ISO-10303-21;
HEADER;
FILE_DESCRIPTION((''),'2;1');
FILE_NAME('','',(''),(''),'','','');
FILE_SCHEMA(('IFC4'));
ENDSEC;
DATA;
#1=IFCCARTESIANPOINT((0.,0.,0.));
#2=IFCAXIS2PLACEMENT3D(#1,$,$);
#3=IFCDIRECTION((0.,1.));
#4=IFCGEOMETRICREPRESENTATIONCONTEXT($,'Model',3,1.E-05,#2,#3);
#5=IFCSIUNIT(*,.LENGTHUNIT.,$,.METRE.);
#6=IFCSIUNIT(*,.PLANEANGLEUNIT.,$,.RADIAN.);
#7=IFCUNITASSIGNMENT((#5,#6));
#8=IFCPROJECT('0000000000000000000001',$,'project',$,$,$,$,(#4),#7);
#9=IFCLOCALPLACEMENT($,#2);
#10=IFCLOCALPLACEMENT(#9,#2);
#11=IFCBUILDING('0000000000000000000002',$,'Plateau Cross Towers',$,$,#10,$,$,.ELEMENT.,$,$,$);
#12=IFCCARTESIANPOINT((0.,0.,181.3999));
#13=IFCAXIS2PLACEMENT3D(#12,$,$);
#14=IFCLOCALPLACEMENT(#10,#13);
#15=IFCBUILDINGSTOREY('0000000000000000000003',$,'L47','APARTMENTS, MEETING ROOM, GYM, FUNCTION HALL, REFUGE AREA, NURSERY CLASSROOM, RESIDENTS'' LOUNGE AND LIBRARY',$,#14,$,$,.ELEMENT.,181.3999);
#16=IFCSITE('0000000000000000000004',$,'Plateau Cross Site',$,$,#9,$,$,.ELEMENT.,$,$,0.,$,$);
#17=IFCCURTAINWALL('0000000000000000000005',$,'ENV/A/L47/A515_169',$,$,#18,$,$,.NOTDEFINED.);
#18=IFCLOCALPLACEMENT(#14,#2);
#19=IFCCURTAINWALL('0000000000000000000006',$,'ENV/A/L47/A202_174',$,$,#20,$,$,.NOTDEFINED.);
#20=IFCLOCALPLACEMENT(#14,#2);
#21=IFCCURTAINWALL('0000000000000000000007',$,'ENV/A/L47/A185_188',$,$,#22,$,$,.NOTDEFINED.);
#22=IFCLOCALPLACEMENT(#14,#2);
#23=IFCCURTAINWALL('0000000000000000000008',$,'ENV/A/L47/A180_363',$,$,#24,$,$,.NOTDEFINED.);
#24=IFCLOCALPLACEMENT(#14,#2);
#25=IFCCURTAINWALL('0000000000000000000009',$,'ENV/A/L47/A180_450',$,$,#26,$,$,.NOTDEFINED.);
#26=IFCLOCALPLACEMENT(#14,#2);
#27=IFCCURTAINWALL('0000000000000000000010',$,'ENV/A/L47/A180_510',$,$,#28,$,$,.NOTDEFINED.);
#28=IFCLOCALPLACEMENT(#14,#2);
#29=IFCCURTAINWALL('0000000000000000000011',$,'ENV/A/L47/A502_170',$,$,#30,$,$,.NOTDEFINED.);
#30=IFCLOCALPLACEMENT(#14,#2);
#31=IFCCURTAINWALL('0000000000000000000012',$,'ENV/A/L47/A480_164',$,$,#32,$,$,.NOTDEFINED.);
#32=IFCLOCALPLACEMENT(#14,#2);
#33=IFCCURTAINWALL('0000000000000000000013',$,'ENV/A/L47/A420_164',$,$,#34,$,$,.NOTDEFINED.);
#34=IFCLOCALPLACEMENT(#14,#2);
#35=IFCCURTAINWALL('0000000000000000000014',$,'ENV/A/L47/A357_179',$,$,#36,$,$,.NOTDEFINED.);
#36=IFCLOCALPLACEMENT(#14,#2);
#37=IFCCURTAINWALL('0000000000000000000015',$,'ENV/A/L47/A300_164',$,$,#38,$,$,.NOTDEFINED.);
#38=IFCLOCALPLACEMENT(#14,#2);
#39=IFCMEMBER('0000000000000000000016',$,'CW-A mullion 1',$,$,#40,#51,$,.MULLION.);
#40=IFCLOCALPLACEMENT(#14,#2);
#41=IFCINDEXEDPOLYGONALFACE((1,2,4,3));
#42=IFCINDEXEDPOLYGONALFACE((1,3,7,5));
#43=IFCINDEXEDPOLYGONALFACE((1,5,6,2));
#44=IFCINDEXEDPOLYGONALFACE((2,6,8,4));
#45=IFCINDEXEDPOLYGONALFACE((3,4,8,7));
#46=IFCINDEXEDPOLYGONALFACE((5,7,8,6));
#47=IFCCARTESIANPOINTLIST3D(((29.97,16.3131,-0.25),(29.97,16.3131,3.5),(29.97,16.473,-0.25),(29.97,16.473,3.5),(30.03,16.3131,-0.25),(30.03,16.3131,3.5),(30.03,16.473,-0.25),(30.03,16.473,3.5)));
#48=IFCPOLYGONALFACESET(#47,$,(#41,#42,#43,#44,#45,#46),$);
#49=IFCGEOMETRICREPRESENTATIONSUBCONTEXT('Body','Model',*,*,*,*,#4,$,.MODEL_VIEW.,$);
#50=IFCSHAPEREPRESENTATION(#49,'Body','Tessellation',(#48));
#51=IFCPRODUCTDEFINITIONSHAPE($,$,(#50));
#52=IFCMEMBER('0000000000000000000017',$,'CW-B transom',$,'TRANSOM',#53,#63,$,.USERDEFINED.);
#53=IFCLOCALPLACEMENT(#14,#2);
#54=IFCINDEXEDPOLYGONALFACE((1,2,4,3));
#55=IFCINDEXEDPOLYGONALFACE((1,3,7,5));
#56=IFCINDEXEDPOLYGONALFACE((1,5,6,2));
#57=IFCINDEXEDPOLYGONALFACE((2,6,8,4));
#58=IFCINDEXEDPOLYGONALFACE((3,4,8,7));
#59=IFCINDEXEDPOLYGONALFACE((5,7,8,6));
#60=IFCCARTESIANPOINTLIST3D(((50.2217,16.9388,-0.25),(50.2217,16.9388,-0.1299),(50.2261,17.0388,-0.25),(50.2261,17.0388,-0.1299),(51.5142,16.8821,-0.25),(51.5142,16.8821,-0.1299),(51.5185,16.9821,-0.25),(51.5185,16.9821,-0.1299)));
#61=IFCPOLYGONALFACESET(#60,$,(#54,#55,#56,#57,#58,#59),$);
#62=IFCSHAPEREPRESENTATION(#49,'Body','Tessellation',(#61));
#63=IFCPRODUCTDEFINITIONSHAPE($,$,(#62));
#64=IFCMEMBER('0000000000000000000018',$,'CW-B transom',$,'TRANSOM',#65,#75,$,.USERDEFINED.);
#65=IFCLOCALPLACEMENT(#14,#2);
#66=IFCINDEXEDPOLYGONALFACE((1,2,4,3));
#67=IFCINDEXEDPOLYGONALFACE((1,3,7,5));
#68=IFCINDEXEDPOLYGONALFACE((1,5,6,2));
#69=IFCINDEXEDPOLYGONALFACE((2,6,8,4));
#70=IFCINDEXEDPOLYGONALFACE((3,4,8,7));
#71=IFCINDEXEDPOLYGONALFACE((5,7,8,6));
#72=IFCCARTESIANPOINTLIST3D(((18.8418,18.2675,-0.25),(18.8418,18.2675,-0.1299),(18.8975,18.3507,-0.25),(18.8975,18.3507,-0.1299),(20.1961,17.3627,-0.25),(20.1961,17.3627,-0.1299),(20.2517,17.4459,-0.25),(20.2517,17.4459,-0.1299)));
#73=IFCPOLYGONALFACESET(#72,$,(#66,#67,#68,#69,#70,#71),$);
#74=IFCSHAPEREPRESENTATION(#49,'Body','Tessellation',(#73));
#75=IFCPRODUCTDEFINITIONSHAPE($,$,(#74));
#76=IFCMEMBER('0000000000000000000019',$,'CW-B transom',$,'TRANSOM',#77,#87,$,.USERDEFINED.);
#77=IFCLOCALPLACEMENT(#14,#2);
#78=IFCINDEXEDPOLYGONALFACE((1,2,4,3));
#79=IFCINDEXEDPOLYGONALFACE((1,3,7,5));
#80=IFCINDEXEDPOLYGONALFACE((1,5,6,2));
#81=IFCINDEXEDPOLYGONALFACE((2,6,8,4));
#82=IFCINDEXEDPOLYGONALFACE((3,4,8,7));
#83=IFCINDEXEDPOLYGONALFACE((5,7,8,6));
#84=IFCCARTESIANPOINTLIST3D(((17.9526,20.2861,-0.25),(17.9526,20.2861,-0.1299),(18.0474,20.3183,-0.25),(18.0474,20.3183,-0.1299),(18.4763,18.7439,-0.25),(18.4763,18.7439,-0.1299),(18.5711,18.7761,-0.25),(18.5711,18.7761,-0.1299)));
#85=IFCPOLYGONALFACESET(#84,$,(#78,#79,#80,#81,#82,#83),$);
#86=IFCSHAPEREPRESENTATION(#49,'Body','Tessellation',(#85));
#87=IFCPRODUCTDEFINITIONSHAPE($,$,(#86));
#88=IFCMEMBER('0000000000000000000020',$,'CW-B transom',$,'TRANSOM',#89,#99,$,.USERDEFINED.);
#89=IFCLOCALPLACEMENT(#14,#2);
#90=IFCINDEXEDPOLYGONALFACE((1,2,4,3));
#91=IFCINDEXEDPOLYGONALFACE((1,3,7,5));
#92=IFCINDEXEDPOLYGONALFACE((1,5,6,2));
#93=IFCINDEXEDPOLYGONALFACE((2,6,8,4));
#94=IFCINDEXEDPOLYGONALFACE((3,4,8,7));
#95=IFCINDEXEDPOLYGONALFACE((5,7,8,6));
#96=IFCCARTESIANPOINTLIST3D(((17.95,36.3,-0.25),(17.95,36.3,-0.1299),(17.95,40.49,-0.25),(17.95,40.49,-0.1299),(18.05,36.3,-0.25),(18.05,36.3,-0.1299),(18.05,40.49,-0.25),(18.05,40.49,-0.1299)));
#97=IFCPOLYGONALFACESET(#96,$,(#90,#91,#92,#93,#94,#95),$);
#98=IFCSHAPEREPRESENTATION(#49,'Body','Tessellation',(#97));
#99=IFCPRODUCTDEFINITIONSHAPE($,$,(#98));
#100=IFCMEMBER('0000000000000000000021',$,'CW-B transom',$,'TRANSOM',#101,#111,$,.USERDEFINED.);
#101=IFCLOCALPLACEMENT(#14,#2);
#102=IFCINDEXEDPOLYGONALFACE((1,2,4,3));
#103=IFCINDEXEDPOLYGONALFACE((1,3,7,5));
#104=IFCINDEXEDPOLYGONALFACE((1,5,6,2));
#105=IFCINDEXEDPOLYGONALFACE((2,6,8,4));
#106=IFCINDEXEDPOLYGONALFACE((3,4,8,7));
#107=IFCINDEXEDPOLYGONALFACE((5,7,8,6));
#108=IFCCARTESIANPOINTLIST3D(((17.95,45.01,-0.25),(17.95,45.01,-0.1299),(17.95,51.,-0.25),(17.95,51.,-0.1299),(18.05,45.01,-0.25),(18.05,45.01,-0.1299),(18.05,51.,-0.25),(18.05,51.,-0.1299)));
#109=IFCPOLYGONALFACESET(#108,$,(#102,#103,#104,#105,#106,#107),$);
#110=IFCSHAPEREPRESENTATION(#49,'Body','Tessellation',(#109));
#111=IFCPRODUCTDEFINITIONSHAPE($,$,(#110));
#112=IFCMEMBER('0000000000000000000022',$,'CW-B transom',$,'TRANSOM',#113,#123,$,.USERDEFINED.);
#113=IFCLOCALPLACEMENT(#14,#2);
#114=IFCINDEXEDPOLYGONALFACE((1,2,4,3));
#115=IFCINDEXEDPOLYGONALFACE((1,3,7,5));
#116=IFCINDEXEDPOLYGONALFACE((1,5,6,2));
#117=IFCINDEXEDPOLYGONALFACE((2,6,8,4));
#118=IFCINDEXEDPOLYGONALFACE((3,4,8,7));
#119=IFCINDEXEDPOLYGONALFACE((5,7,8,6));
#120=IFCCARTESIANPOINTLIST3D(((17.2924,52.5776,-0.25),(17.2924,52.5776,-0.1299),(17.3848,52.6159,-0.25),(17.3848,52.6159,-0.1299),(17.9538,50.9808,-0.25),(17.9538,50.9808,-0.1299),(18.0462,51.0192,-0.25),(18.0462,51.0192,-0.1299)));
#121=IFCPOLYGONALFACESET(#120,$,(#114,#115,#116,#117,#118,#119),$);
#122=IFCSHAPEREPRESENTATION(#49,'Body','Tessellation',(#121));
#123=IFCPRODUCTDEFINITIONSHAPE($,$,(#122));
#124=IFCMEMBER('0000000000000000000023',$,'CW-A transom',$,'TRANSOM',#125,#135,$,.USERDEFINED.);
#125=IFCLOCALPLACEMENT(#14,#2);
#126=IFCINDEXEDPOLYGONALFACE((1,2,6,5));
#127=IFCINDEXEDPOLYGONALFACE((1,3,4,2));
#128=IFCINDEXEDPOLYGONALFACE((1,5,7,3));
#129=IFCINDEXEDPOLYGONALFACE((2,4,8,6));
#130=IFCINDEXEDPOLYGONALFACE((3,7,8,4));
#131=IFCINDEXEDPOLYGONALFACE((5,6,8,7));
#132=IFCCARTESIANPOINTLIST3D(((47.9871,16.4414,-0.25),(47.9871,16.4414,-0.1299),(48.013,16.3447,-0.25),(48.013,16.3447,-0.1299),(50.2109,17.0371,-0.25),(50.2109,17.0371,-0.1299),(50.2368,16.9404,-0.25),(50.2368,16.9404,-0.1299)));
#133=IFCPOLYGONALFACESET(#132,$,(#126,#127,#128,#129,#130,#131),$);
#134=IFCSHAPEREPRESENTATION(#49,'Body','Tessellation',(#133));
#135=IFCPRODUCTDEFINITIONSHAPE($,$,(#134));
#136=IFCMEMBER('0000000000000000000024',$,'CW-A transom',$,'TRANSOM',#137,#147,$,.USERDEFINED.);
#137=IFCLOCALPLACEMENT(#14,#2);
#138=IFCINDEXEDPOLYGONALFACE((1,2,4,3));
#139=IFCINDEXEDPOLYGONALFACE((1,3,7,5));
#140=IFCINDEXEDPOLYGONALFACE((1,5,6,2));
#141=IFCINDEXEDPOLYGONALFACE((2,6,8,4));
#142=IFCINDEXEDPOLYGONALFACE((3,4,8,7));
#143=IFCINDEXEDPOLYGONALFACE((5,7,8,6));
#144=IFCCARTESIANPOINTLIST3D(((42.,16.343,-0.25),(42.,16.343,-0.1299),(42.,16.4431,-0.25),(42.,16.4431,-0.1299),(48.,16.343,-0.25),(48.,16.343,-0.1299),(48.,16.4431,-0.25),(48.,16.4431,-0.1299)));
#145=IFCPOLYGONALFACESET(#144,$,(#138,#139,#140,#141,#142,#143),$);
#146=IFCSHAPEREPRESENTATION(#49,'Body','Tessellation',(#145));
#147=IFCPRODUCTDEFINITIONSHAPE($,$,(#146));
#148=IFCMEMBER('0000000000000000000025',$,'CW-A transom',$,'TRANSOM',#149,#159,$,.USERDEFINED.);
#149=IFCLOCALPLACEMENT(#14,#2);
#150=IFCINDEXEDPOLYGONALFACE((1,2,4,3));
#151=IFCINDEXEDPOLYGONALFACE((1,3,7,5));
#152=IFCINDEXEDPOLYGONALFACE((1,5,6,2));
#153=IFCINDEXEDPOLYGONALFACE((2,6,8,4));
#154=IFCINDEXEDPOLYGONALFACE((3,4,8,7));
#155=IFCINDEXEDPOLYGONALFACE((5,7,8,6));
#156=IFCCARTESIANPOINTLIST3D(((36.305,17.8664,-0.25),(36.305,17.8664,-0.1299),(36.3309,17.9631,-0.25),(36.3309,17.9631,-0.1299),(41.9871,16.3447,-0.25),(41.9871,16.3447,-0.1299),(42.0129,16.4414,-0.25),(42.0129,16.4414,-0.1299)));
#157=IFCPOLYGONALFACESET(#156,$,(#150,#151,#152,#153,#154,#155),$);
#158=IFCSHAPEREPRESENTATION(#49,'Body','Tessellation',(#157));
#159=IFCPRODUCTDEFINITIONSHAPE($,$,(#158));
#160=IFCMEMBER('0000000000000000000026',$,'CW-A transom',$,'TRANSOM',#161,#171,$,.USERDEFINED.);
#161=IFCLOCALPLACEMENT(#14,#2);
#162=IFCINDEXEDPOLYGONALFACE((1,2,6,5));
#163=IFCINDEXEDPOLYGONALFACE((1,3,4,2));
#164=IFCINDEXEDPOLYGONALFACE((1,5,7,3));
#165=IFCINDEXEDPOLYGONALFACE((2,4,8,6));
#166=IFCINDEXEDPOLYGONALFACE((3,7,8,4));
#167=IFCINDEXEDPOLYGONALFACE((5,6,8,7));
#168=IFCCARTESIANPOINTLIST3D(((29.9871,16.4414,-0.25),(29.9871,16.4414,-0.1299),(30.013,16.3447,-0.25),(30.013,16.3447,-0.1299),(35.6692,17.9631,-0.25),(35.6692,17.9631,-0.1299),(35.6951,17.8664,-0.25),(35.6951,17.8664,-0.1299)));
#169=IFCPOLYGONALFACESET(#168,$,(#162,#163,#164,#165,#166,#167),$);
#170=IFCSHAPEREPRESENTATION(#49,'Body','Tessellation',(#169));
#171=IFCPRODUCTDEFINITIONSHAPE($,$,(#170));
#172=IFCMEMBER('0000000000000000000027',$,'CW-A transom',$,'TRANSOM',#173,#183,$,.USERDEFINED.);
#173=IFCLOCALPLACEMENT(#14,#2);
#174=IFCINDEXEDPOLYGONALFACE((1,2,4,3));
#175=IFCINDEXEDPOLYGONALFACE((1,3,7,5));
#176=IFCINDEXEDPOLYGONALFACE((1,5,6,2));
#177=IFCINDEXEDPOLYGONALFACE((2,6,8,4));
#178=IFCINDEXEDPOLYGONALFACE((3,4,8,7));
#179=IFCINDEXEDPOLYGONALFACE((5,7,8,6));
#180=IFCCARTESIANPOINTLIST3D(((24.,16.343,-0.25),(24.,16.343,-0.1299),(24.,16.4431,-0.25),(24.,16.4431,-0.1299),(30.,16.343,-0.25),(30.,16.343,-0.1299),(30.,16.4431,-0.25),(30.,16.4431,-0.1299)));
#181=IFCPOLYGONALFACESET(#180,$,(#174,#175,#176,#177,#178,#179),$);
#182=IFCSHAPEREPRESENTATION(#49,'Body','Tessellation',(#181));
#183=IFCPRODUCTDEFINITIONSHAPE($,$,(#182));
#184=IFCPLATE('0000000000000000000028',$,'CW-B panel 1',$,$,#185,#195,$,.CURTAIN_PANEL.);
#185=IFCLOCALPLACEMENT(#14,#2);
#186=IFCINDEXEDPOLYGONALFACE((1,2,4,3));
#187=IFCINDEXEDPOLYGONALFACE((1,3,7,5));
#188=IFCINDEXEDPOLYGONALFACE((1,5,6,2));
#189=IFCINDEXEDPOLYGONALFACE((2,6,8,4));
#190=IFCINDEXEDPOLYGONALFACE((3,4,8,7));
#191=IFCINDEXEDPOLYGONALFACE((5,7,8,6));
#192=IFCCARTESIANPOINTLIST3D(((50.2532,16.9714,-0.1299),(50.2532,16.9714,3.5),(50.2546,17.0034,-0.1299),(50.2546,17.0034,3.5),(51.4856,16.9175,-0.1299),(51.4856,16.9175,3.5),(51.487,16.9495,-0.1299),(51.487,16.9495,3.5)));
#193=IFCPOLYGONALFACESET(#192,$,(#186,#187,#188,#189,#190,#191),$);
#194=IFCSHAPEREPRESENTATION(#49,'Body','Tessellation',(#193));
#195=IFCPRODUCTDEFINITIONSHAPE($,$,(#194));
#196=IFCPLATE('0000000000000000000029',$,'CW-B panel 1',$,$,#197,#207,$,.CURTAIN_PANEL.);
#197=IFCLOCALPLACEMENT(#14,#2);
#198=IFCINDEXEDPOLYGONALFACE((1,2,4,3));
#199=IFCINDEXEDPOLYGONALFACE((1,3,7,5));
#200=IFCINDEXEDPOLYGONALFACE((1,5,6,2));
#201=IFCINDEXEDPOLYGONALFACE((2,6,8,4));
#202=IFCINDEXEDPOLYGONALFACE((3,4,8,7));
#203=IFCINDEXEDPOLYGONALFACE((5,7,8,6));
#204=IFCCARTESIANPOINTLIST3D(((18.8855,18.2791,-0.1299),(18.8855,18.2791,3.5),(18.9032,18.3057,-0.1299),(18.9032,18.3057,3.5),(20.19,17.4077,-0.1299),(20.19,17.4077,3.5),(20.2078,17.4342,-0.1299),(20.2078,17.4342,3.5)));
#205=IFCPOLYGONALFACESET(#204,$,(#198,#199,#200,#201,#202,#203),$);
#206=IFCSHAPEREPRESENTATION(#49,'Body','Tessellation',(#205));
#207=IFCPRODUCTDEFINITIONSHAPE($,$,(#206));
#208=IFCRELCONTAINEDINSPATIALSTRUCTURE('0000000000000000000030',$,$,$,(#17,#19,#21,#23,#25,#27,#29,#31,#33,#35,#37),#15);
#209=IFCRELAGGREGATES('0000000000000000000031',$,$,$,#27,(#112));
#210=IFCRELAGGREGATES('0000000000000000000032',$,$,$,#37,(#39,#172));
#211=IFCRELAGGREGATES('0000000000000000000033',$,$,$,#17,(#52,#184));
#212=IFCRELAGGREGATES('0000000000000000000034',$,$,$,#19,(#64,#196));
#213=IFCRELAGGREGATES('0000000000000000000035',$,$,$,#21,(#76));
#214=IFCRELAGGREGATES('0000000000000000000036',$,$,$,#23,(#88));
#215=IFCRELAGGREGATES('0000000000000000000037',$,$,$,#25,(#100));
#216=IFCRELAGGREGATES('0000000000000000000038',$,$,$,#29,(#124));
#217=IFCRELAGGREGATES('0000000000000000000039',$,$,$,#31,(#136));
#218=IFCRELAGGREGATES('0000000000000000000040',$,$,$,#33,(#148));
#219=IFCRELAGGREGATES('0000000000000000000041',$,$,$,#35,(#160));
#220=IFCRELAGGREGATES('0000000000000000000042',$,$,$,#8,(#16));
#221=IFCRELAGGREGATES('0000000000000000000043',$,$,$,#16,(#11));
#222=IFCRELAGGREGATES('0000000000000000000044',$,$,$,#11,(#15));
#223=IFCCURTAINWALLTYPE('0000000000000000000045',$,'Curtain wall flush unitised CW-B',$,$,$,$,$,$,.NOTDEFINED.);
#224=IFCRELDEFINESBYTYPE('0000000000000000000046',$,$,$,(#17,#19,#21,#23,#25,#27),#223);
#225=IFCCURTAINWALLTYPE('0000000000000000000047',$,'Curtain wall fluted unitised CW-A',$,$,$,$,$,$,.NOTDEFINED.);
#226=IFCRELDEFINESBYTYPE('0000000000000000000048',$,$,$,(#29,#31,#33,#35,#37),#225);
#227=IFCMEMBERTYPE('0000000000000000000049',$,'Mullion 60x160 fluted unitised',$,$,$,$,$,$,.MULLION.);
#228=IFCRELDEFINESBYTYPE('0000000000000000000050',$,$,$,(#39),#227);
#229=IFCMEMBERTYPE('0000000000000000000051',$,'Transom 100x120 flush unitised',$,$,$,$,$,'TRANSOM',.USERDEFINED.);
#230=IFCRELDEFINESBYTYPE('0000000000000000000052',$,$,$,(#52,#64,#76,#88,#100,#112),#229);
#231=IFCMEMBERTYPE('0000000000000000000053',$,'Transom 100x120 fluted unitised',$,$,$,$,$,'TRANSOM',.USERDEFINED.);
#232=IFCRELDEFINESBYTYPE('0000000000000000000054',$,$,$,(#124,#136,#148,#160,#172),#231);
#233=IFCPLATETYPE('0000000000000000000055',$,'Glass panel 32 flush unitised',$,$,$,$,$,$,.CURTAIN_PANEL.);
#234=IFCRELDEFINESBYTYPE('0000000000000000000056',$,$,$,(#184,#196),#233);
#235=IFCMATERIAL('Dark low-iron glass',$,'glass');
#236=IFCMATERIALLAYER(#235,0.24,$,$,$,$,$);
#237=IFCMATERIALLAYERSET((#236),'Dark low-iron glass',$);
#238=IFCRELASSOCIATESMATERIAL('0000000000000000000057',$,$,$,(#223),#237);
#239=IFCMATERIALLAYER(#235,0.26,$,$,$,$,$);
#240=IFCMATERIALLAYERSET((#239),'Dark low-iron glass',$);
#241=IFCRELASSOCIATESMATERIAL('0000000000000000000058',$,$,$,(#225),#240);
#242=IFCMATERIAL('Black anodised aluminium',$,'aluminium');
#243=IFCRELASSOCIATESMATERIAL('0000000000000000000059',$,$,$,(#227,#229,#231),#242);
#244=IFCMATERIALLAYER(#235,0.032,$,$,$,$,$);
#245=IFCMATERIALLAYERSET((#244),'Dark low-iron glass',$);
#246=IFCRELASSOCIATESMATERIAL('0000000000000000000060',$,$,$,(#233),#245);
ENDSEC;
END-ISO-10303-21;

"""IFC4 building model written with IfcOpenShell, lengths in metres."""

from ifc_helpers import new_model, si_unit, direction, frame, origin, origin_2d, place, context, subcontext, project, spatial, rectangle, extrude, material, layer, layer_set, material_profile, profile_set, type_object, element, aggregate, save


model = new_model("IFC4")

# Units and contexts
model_context = context("Model", 3, precision=1e-05, world=origin(), true_north=direction((0.0, 1.0)))
body_context = subcontext(model_context, "Body", "Model", "MODEL_VIEW")
ifc_project = project(units=[si_unit("LENGTHUNIT", "METRE"), si_unit("PLANEANGLEUNIT", "RADIAN")], contexts=[model_context])

# Site, building, storey
site_placement = place(None, origin())
site = spatial("IfcSite", under=ifc_project, at=site_placement, Name="Plateau Cross Site", CompositionType="ELEMENT", RefElevation=0.0)
building_placement = place(site_placement, origin())
building = spatial("IfcBuilding", under=site, at=building_placement, Name="Plateau Cross Towers", CompositionType="ELEMENT")
storey_placement = place(building_placement, frame((0.0, 0.0, 181.3999)))
storey = spatial("IfcBuildingStorey", under=building, at=storey_placement, Name="L47", Description="APARTMENTS, MEETING ROOM, GYM, FUNCTION HALL, REFUGE AREA, NURSERY CLASSROOM, RESIDENTS' LOUNGE AND LIBRARY", CompositionType="ELEMENT", Elevation=181.3999)

# Curtain wall
ifc_material_1 = material(Name="Dark low-iron glass", Category="glass")
ifc_layer_1 = layer(ifc_material_1, 0.24)
ifc_layer_set_1 = layer_set([ifc_layer_1], Name="Dark low-iron glass")
curtain_wall_type_1 = type_object("IfcCurtainWallType", Name="Curtain wall flush unitised CW-B", PredefinedType="NOTDEFINED", material=ifc_layer_set_1)
ifc_material_2 = material(Name="Black anodised aluminium", Category="aluminium")
curtain_wall_1_placement = place(storey_placement, origin())
curtain_wall_1 = element("IfcCurtainWall", 1, at=curtain_wall_1_placement, inside=storey, type_object=curtain_wall_type_1, Name="ENV/A/L47/A515_169", PredefinedType="NOTDEFINED")

# Curtain wall
curtain_wall_2_placement = place(storey_placement, origin())
curtain_wall_2 = element("IfcCurtainWall", 2, at=curtain_wall_2_placement, inside=storey, type_object=curtain_wall_type_1, Name="ENV/A/L47/A202_174", PredefinedType="NOTDEFINED")

# Curtain walls
curtain_wall_3_placement = place(storey_placement, origin())
curtain_wall_3 = element("IfcCurtainWall", 3, at=curtain_wall_3_placement, inside=storey, type_object=curtain_wall_type_1, Name="ENV/A/L47/A185_188", PredefinedType="NOTDEFINED")
curtain_wall_4_placement = place(storey_placement, origin())
curtain_wall_4 = element("IfcCurtainWall", 4, at=curtain_wall_4_placement, inside=storey, type_object=curtain_wall_type_1, Name="ENV/A/L47/A180_363", PredefinedType="NOTDEFINED")
curtain_wall_5_placement = place(storey_placement, origin())
curtain_wall_5 = element("IfcCurtainWall", 5, at=curtain_wall_5_placement, inside=storey, type_object=curtain_wall_type_1, Name="ENV/A/L47/A180_450", PredefinedType="NOTDEFINED")
curtain_wall_6_placement = place(storey_placement, origin())
curtain_wall_6 = element("IfcCurtainWall", 6, at=curtain_wall_6_placement, inside=storey, type_object=curtain_wall_type_1, Name="ENV/A/L47/A180_510", PredefinedType="NOTDEFINED")
ifc_layer_2 = layer(ifc_material_1, 0.26)
ifc_layer_set_2 = layer_set([ifc_layer_2], Name="Dark low-iron glass")
curtain_wall_type_2 = type_object("IfcCurtainWallType", Name="Curtain wall fluted unitised CW-A", PredefinedType="NOTDEFINED", material=ifc_layer_set_2)
curtain_wall_7_placement = place(storey_placement, origin())
curtain_wall_7 = element("IfcCurtainWall", 7, at=curtain_wall_7_placement, inside=storey, type_object=curtain_wall_type_2, Name="ENV/A/L47/A502_170", PredefinedType="NOTDEFINED")
ifc_material_profile_1 = material_profile(ifc_material_2, rectangle(XDim=0.0601, YDim=0.1599, at=origin_2d()), Name="MULLION 60x160")
ifc_profile_set_1 = profile_set([ifc_material_profile_1], Name="Black anodised aluminium")
member_type_1 = type_object("IfcMemberType", Name="Mullion 60x160 fluted unitised", PredefinedType="MULLION", material=ifc_profile_set_1)
curtain_wall_8_placement = place(storey_placement, origin())
curtain_wall_8 = element("IfcCurtainWall", 8, at=curtain_wall_8_placement, inside=storey, type_object=curtain_wall_type_2, Name="ENV/A/L47/A480_164", PredefinedType="NOTDEFINED")

# Curtain wall
curtain_wall_9_placement = place(storey_placement, origin())
curtain_wall_9 = element("IfcCurtainWall", 9, at=curtain_wall_9_placement, inside=storey, type_object=curtain_wall_type_2, Name="ENV/A/L47/A420_164", PredefinedType="NOTDEFINED")

# Curtain walls, member
curtain_wall_10_placement = place(storey_placement, origin())
curtain_wall_10 = element("IfcCurtainWall", 10, at=curtain_wall_10_placement, inside=storey, type_object=curtain_wall_type_2, Name="ENV/A/L47/A357_179", PredefinedType="NOTDEFINED")
curtain_wall_11_placement = place(storey_placement, origin())
curtain_wall_11 = element("IfcCurtainWall", 11, at=curtain_wall_11_placement, inside=storey, type_object=curtain_wall_type_2, Name="ENV/A/L47/A300_164", PredefinedType="NOTDEFINED")
member_1_placement = place(storey_placement, frame((30.0, 16.3931, -0.25), z_axis=(0.0, 0.0, 1.0), x_axis=(-1.0, 0.0, 0.0)))
member_1 = element("IfcMember", 12, at=member_1_placement, type_object=member_type_1, Name="CW-A mullion 1", PredefinedType="MULLION", context=body_context, shape_type="SweptSolid", body=[
    extrude(rectangle(XDim=0.0601, YDim=0.1599, at=origin_2d()), origin(), (0.0, 0.0, 1.0), 3.75),
])

# Members
ifc_material_profile_2 = material_profile(ifc_material_2, rectangle(XDim=0.1001, YDim=0.1201, at=origin_2d()), Name="TRANSOM 100x120")
ifc_profile_set_2 = profile_set([ifc_material_profile_2], Name="Black anodised aluminium")
member_type_2 = type_object("IfcMemberType", Name="Transom 100x120 flush unitised", ElementType="TRANSOM", PredefinedType="USERDEFINED", material=ifc_profile_set_2)
member_2_placement = place(storey_placement, frame((51.5164, 16.9321, -0.1899), z_axis=(-0.999041, 0.043781, 0.0), x_axis=(-0.043781, -0.999041, 0.0)))
member_2 = element("IfcMember", 13, at=member_2_placement, type_object=member_type_2, Name="CW-B transom", ObjectType="TRANSOM", PredefinedType="USERDEFINED", context=body_context, shape_type="SweptSolid", body=[
    extrude(rectangle(XDim=0.1001, YDim=0.1201, at=origin_2d()), origin(), (0.0, 0.0, 1.0), 1.2937),
])
member_3_placement = place(storey_placement, frame((20.2239, 17.4043, -0.1899), z_axis=(-0.831496, 0.55553, 0.0), x_axis=(-0.55553, -0.831496, 0.0)))
member_3 = element("IfcMember", 14, at=member_3_placement, type_object=member_type_2, Name="CW-B transom", ObjectType="TRANSOM", PredefinedType="USERDEFINED", context=body_context, shape_type="SweptSolid", body=[
    extrude(rectangle(XDim=0.1001, YDim=0.1201, at=origin_2d()), origin(), (0.0, 0.0, 1.0), 1.6287),
])
member_4_placement = place(storey_placement, frame((18.5237, 18.76, -0.1899), z_axis=(-0.321529, 0.9469, 0.0), x_axis=(-0.9469, -0.321529, 0.0)))
member_4 = element("IfcMember", 15, at=member_4_placement, type_object=member_type_2, Name="CW-B transom", ObjectType="TRANSOM", PredefinedType="USERDEFINED", context=body_context, shape_type="SweptSolid", body=[
    extrude(rectangle(XDim=0.1001, YDim=0.1201, at=origin_2d()), origin(), (0.0, 0.0, 1.0), 1.6287),
])
member_5_placement = place(storey_placement, frame((18.0, 36.3, -0.1899), z_axis=(0.0, 1.0, 0.0), x_axis=(-1.0, 0.0, 0.0)))
member_5 = element("IfcMember", 16, at=member_5_placement, type_object=member_type_2, Name="CW-B transom", ObjectType="TRANSOM", PredefinedType="USERDEFINED", context=body_context, shape_type="SweptSolid", body=[
    extrude(rectangle(XDim=0.1001, YDim=0.1201, at=origin_2d()), origin(), (0.0, 0.0, 1.0), 4.1899),
])
member_6_placement = place(storey_placement, frame((18.0, 45.01, -0.1899), z_axis=(0.0, 1.0, 0.0), x_axis=(-1.0, 0.0, 0.0)))
member_6 = element("IfcMember", 17, at=member_6_placement, type_object=member_type_2, Name="CW-B transom", ObjectType="TRANSOM", PredefinedType="USERDEFINED", context=body_context, shape_type="SweptSolid", body=[
    extrude(rectangle(XDim=0.1001, YDim=0.1201, at=origin_2d()), origin(), (0.0, 0.0, 1.0), 5.99),
])
member_7_placement = place(storey_placement, frame((18.0, 51.0, -0.1899), z_axis=(-0.382689, 0.923877, 0.0), x_axis=(-0.923877, -0.382689, 0.0)))
member_7 = element("IfcMember", 18, at=member_7_placement, type_object=member_type_2, Name="CW-B transom", ObjectType="TRANSOM", PredefinedType="USERDEFINED", context=body_context, shape_type="SweptSolid", body=[
    extrude(rectangle(XDim=0.1001, YDim=0.1201, at=origin_2d()), origin(), (0.0, 0.0, 1.0), 1.7283),
])
aggregate(curtain_wall_6, [member_7])
ifc_material_profile_3 = material_profile(ifc_material_2, rectangle(XDim=0.1001, YDim=0.1201, at=origin_2d()), Name="TRANSOM 100x120")
ifc_profile_set_3 = profile_set([ifc_material_profile_3], Name="Black anodised aluminium")
member_type_3 = type_object("IfcMemberType", Name="Transom 100x120 fluted unitised", ElementType="TRANSOM", PredefinedType="USERDEFINED", material=ifc_profile_set_3)
member_8_placement = place(storey_placement, frame((50.2239, 16.9888, -0.1899), z_axis=(-0.965946, -0.258745, 0.0), x_axis=(0.258745, -0.965946, 0.0)))
member_8 = element("IfcMember", 19, at=member_8_placement, type_object=member_type_3, Name="CW-A transom", ObjectType="TRANSOM", PredefinedType="USERDEFINED", context=body_context, shape_type="SweptSolid", body=[
    extrude(rectangle(XDim=0.1001, YDim=0.1201, at=origin_2d()), origin(), (0.0, 0.0, 1.0), 2.3022),
])
member_9_placement = place(storey_placement, frame((48.0, 16.3931, -0.1899), z_axis=(-1.0, 0.0, 0.0), x_axis=(0.0, -1.0, 0.0)))
member_9 = element("IfcMember", 20, at=member_9_placement, type_object=member_type_3, Name="CW-A transom", ObjectType="TRANSOM", PredefinedType="USERDEFINED", context=body_context, shape_type="SweptSolid", body=[
    extrude(rectangle(XDim=0.1001, YDim=0.1201, at=origin_2d()), origin(), (0.0, 0.0, 1.0), 6.0),
])
member_10_placement = place(storey_placement, frame((42.0, 16.3931, -0.1899), z_axis=(-0.96596, 0.258693, 0.0), x_axis=(-0.258693, -0.96596, 0.0)))
member_10 = element("IfcMember", 21, at=member_10_placement, type_object=member_type_3, Name="CW-A transom", ObjectType="TRANSOM", PredefinedType="USERDEFINED", context=body_context, shape_type="SweptSolid", body=[
    extrude(rectangle(XDim=0.1001, YDim=0.1201, at=origin_2d()), origin(), (0.0, 0.0, 1.0), 5.8823),
])
member_11_placement = place(storey_placement, frame((35.6821, 17.9148, -0.1899), z_axis=(-0.96596, -0.258693, 0.0), x_axis=(0.258693, -0.96596, 0.0)))
member_11 = element("IfcMember", 22, at=member_11_placement, type_object=member_type_3, Name="CW-A transom", ObjectType="TRANSOM", PredefinedType="USERDEFINED", context=body_context, shape_type="SweptSolid", body=[
    extrude(rectangle(XDim=0.1001, YDim=0.1201, at=origin_2d()), origin(), (0.0, 0.0, 1.0), 5.8823),
])
member_12_placement = place(storey_placement, frame((30.0, 16.3931, -0.1899), z_axis=(-1.0, 0.0, 0.0), x_axis=(0.0, -1.0, 0.0)))
member_12 = element("IfcMember", 23, at=member_12_placement, type_object=member_type_3, Name="CW-A transom", ObjectType="TRANSOM", PredefinedType="USERDEFINED", context=body_context, shape_type="SweptSolid", body=[
    extrude(rectangle(XDim=0.1001, YDim=0.1201, at=origin_2d()), origin(), (0.0, 0.0, 1.0), 6.0),
])
aggregate(curtain_wall_11, [member_1, member_12])

# Plates
ifc_layer_3 = layer(ifc_material_1, 0.032)
ifc_layer_set_3 = layer_set([ifc_layer_3], Name="Dark low-iron glass")
plate_type_1 = type_object("IfcPlateType", Name="Glass panel 32 flush unitised", PredefinedType="CURTAIN_PANEL", material=ifc_layer_set_3)
plate_1_placement = place(storey_placement, frame((50.8701, 16.9604, -0.1299), z_axis=(0.0, 0.0, 1.0), x_axis=(-0.999044, 0.043723, 0.0)))
plate_1 = element("IfcPlate", 24, at=plate_1_placement, type_object=plate_type_1, Name="CW-B panel 1", PredefinedType="CURTAIN_PANEL", context=body_context, shape_type="SweptSolid", body=[
    extrude(rectangle(XDim=1.2336, YDim=0.032, at=origin_2d()), origin(), (0.0, 0.0, 1.0), 3.6299),
])
aggregate(curtain_wall_1, [member_2, plate_1])
plate_2_placement = place(storey_placement, frame((19.5466, 17.8567, -0.1299), z_axis=(0.0, 0.0, 1.0), x_axis=(-0.831521, 0.555493, 0.0)))
plate_2 = element("IfcPlate", 25, at=plate_2_placement, type_object=plate_type_1, Name="CW-B panel 1", PredefinedType="CURTAIN_PANEL", context=body_context, shape_type="SweptSolid", body=[
    extrude(rectangle(XDim=1.5688, YDim=0.032, at=origin_2d()), origin(), (0.0, 0.0, 1.0), 3.6299),
])
aggregate(curtain_wall_2, [member_3, plate_2])
aggregate(curtain_wall_3, [member_4])
aggregate(curtain_wall_4, [member_5])
aggregate(curtain_wall_5, [member_6])
aggregate(curtain_wall_7, [member_8])
aggregate(curtain_wall_8, [member_9])
aggregate(curtain_wall_9, [member_10])
aggregate(curtain_wall_10, [member_11])

save(model, "model.ifc")
